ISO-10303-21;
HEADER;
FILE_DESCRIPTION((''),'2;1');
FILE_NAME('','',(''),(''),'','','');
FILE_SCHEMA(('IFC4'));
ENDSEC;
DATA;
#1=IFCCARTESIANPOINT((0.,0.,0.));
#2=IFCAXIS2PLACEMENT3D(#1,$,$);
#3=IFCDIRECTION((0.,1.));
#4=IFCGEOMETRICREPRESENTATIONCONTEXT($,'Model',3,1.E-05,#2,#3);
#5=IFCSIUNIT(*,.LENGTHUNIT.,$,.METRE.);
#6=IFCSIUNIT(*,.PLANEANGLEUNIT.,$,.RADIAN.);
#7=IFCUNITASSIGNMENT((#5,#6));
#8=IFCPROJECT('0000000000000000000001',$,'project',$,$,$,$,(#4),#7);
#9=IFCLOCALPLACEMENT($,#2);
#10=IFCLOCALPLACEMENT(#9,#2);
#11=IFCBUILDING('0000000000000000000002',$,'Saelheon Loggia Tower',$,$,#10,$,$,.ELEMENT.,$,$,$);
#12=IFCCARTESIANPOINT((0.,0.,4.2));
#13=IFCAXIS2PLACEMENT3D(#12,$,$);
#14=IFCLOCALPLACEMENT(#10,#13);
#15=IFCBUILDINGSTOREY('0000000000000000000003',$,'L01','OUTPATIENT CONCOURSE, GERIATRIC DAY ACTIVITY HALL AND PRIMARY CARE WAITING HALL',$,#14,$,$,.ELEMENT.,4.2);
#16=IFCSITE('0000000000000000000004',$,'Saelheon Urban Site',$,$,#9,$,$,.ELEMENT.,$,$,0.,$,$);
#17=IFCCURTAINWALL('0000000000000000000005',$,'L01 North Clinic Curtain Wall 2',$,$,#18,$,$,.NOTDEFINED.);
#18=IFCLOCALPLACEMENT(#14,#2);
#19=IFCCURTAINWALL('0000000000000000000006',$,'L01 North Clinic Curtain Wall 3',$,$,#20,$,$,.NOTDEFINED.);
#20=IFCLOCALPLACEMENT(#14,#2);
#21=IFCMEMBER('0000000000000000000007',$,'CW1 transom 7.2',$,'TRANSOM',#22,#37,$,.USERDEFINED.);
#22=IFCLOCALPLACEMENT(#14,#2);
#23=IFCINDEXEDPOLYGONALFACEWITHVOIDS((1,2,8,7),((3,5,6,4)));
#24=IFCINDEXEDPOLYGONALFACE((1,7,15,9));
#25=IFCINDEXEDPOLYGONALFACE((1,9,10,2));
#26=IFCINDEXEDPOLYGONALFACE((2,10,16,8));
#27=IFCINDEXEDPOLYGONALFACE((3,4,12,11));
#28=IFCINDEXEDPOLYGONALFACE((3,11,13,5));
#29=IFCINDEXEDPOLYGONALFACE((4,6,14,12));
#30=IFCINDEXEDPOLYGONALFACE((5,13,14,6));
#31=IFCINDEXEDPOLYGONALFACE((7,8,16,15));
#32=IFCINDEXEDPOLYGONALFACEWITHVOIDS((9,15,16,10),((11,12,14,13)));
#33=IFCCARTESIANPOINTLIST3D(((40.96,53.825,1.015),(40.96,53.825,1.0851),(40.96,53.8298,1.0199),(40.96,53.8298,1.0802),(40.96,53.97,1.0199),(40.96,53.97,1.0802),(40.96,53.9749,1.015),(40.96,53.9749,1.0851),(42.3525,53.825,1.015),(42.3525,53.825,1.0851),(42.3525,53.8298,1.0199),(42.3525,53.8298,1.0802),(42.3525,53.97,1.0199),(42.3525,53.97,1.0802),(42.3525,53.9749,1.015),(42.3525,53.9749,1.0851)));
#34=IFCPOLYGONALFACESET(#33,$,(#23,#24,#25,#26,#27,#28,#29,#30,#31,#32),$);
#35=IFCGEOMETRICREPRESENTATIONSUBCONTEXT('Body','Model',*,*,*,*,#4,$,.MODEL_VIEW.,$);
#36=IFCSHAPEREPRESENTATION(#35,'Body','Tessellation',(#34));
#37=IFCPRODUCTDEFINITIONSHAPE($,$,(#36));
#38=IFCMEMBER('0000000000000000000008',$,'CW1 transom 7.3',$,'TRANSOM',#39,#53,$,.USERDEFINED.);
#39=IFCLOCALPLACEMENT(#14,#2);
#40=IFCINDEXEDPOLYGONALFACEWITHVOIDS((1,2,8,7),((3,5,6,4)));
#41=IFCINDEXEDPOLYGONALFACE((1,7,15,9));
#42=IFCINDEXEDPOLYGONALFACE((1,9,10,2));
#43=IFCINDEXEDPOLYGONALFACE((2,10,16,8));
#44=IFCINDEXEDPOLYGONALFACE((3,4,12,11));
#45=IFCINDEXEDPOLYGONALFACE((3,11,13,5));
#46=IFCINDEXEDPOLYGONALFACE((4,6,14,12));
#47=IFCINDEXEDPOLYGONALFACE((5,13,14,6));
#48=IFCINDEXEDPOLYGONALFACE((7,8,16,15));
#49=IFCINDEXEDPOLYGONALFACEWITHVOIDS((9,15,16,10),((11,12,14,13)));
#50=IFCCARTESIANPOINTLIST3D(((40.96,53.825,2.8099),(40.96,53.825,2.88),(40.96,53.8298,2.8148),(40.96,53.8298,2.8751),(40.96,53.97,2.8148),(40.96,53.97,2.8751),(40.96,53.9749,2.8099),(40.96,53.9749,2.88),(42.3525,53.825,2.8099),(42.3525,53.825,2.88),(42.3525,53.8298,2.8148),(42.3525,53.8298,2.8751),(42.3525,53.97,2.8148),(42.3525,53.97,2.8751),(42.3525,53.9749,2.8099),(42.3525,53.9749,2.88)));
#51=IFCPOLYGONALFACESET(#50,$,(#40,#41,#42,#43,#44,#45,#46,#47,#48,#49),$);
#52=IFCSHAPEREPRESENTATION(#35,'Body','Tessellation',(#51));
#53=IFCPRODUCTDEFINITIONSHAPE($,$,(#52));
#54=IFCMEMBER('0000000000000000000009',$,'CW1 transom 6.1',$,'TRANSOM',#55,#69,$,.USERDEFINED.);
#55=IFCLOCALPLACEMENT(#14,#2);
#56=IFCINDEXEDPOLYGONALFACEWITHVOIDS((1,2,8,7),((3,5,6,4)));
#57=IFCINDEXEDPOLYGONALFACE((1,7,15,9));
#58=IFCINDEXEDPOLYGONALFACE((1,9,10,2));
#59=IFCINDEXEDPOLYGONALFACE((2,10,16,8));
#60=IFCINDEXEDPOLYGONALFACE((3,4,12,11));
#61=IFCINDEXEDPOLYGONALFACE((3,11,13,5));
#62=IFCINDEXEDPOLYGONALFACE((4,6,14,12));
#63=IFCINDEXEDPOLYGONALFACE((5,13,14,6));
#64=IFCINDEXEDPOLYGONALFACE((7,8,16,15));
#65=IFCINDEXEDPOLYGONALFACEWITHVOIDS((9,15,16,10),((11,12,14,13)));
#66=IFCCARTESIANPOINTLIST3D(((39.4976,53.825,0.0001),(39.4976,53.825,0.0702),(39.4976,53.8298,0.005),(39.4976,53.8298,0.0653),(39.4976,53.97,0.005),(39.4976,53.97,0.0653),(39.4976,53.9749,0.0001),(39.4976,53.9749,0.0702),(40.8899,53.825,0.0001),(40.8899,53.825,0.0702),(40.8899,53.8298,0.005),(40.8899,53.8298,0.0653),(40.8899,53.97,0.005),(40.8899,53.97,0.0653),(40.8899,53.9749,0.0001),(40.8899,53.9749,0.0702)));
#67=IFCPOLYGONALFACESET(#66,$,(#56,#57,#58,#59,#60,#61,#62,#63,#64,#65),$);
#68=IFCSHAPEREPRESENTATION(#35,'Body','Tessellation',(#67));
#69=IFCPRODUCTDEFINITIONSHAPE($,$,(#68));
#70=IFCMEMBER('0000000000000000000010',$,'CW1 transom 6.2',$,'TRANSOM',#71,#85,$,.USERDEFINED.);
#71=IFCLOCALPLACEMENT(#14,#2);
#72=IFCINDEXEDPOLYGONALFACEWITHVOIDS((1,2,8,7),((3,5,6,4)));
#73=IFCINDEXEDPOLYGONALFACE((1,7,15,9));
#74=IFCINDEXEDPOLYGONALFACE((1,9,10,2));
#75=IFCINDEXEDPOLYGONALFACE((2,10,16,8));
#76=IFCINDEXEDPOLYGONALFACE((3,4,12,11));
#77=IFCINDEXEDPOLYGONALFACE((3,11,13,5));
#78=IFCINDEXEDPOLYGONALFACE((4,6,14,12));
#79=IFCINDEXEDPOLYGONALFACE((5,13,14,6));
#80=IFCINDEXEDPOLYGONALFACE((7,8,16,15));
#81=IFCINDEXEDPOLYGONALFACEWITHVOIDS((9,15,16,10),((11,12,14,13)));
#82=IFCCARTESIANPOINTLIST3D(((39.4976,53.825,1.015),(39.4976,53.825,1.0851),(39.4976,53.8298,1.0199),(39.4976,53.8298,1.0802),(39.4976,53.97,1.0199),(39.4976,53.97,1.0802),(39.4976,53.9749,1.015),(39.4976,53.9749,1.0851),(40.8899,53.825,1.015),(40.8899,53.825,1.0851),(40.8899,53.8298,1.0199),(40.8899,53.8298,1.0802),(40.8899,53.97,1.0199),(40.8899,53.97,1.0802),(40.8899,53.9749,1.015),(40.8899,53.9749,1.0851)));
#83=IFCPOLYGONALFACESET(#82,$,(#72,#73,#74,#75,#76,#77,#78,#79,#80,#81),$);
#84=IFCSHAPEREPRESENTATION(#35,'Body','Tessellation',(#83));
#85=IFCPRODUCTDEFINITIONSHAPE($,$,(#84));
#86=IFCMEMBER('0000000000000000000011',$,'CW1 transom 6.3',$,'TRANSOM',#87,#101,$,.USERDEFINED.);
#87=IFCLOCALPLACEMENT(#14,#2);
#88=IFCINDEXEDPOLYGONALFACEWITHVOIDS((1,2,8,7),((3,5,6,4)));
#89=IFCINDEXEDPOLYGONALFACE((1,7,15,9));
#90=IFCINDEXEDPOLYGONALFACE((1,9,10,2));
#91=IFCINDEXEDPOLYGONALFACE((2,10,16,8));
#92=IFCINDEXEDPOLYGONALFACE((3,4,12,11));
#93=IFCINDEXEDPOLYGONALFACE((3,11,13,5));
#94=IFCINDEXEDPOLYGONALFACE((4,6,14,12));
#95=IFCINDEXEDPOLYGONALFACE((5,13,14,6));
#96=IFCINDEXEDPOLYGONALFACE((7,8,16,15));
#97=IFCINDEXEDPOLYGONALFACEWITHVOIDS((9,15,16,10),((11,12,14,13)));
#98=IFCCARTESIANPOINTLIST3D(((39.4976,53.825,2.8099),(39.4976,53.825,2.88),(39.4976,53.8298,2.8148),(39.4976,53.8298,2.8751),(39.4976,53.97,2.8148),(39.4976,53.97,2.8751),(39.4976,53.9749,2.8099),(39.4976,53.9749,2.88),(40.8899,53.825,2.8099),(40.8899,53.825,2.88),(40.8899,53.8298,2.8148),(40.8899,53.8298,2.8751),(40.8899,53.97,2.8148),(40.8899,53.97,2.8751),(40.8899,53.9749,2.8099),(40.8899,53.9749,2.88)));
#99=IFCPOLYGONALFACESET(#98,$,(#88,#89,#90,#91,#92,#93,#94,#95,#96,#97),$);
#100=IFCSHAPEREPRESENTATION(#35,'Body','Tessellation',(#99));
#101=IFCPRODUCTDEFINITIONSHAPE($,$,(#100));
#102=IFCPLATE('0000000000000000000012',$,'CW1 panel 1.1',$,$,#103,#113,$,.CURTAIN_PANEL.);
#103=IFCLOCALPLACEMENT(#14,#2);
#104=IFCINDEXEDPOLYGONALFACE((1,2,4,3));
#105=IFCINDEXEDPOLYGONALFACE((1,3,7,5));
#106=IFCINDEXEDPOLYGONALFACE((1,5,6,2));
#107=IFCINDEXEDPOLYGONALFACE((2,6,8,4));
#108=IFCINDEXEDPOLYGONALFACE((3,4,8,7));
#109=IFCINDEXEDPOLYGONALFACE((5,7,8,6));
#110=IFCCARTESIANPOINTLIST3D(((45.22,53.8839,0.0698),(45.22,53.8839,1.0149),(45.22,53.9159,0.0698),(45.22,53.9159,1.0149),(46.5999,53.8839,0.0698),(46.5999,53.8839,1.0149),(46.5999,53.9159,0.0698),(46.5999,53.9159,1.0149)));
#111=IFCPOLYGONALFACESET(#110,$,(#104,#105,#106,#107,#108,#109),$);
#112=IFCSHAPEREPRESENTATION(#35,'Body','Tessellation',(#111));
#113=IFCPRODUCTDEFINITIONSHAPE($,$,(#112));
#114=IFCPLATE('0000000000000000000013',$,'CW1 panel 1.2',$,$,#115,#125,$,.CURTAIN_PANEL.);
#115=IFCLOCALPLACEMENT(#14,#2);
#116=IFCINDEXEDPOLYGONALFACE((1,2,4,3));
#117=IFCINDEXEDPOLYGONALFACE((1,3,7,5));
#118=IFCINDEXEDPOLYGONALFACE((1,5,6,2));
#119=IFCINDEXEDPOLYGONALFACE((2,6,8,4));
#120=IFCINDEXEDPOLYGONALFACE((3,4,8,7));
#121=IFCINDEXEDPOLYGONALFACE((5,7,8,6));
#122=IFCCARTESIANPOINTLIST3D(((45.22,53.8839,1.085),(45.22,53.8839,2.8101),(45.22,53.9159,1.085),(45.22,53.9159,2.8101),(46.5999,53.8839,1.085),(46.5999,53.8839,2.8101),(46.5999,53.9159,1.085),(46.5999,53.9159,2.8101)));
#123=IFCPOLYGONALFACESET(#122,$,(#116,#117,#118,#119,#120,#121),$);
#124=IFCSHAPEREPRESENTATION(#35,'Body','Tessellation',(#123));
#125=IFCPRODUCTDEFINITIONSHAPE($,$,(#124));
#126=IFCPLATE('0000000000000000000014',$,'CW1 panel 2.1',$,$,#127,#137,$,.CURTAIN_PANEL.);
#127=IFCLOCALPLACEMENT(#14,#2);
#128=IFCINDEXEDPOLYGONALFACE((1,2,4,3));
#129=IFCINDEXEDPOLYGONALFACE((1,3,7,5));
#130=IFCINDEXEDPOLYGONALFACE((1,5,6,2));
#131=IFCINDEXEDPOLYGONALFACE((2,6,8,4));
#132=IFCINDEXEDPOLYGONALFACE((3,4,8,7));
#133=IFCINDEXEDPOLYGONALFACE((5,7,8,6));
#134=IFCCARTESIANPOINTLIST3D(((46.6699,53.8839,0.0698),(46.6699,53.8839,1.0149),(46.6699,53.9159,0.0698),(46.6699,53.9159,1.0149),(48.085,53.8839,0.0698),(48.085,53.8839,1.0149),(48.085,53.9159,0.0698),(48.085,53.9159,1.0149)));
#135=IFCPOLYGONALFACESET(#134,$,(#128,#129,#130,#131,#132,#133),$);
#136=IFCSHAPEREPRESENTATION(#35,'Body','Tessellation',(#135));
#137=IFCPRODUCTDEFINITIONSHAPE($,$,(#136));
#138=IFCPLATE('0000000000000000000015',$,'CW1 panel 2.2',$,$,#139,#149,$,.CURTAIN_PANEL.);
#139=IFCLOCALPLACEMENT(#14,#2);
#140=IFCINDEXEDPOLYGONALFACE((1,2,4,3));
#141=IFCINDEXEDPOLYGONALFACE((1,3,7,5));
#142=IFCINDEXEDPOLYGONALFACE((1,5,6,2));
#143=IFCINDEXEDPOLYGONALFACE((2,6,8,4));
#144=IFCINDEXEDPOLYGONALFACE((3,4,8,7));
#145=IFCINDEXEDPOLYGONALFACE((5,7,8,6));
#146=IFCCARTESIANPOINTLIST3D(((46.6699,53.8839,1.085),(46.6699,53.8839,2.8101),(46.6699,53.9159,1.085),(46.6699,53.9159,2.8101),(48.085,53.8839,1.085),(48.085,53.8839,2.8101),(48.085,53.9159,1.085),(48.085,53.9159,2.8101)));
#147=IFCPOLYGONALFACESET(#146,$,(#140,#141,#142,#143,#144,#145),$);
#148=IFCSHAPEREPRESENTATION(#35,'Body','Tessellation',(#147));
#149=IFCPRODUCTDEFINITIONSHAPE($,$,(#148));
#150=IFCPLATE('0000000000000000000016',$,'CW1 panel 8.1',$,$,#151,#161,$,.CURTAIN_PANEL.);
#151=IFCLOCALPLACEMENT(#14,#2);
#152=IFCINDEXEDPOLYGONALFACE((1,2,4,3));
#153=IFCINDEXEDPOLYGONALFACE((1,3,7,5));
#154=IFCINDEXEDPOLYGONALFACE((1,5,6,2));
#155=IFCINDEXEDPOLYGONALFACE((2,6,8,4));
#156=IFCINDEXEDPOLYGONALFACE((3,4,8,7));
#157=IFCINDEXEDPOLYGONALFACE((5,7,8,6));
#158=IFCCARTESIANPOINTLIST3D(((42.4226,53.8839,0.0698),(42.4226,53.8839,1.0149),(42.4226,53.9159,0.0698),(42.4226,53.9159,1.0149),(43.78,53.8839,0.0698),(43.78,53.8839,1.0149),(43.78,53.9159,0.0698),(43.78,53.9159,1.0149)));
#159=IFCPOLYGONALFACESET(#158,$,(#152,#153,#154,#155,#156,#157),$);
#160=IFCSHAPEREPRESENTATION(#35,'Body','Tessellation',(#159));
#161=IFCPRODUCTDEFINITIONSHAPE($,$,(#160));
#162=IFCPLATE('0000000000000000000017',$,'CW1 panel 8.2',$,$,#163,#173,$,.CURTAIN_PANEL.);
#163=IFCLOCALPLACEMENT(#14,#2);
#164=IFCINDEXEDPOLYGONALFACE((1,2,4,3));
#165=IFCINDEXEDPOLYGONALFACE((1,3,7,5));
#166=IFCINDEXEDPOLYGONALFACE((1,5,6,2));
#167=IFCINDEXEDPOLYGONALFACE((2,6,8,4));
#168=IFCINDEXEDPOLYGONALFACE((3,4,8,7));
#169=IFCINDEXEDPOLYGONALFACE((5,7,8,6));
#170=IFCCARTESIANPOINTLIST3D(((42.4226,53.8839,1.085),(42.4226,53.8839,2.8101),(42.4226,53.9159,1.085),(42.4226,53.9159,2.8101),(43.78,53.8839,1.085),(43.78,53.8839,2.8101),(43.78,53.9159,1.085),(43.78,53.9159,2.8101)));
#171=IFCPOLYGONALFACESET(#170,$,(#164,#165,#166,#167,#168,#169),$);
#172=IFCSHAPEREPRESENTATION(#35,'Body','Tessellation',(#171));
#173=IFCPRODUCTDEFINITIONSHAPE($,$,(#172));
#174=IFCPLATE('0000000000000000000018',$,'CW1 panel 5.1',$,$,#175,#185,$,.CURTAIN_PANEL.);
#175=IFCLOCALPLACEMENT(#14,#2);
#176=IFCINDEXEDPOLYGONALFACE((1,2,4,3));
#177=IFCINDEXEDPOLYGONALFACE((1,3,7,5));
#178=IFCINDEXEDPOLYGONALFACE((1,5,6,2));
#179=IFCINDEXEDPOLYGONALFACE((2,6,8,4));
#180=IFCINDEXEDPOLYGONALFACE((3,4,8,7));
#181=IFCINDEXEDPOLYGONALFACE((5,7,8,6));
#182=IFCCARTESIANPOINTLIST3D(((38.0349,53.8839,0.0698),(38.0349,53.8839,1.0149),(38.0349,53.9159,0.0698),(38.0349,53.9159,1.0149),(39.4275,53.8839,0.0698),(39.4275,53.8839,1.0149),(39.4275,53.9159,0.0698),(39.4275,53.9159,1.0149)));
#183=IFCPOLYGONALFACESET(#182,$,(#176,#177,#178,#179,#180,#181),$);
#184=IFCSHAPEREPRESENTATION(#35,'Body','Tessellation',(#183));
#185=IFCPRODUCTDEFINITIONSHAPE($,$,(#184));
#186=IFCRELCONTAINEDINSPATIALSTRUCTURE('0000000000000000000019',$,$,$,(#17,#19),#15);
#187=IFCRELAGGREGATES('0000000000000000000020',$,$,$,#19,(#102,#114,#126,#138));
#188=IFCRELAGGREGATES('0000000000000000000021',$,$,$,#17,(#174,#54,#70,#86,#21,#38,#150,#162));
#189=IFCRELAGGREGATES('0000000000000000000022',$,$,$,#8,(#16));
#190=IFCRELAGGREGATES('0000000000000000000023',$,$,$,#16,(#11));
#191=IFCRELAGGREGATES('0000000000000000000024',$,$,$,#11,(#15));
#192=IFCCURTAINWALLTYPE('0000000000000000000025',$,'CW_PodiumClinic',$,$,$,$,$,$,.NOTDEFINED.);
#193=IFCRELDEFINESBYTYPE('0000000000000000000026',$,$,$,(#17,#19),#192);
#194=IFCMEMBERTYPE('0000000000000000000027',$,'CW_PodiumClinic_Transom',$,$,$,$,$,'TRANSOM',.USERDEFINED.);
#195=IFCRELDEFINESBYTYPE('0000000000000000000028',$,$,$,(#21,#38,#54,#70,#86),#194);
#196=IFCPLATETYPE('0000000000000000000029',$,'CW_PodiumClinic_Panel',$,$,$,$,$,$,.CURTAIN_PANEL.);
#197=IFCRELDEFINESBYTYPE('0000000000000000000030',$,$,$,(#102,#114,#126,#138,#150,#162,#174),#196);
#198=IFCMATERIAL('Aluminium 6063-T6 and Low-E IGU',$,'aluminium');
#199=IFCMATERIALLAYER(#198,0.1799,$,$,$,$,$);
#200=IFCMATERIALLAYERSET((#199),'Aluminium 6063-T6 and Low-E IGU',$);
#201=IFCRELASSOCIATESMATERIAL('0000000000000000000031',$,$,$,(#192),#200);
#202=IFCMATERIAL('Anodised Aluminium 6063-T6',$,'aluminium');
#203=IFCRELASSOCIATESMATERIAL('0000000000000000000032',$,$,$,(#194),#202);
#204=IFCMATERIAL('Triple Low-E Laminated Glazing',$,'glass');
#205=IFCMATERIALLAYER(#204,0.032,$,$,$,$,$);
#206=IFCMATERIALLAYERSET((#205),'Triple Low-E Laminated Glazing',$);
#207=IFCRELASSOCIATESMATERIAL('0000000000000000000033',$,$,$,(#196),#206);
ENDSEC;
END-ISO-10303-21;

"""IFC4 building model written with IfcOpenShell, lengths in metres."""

from ifc_helpers import new_model, si_unit, direction, frame, origin, origin_2d, place, context, subcontext, project, spatial, rectangle, hollow_rectangle, extrude, source, transform, mapped, material, layer, layer_set, material_profile, profile_set, type_object, element, aggregate, save


model = new_model("IFC4")

# Units and contexts
model_context = context("Model", 3, precision=1e-05, world=origin(), true_north=direction((0.0, 1.0)))
body_context = subcontext(model_context, "Body", "Model", "MODEL_VIEW")
ifc_project = project(units=[si_unit("LENGTHUNIT", "METRE"), si_unit("PLANEANGLEUNIT", "RADIAN")], contexts=[model_context])

# Site, building, storey
site_placement = place(None, origin())
site = spatial("IfcSite", under=ifc_project, at=site_placement, Name="Saelheon Urban Site", CompositionType="ELEMENT", RefElevation=0.0)
building_placement = place(site_placement, origin())
building = spatial("IfcBuilding", under=site, at=building_placement, Name="Saelheon Loggia Tower", CompositionType="ELEMENT")
storey_placement = place(building_placement, frame((0.0, 0.0, 4.2)))
storey = spatial("IfcBuildingStorey", under=building, at=storey_placement, Name="L01", Description="OUTPATIENT CONCOURSE, GERIATRIC DAY ACTIVITY HALL AND PRIMARY CARE WAITING HALL", CompositionType="ELEMENT", Elevation=4.2)

# Curtain walls
ifc_material_1 = material(Name="Aluminium 6063-T6 and Low-E IGU", Category="aluminium")
ifc_layer_1 = layer(ifc_material_1, 0.1799)
ifc_layer_set_1 = layer_set([ifc_layer_1], Name="Aluminium 6063-T6 and Low-E IGU")
curtain_wall_type = type_object("IfcCurtainWallType", Name="CW_PodiumClinic", PredefinedType="NOTDEFINED", material=ifc_layer_set_1)
curtain_wall_1_placement = place(storey_placement, origin())
curtain_wall_1 = element("IfcCurtainWall", 1, at=curtain_wall_1_placement, inside=storey, type_object=curtain_wall_type, Name="L01 North Clinic Curtain Wall 2", PredefinedType="NOTDEFINED")
ifc_material_2 = material(Name="Anodised Aluminium 6063-T6", Category="aluminium")
curtain_wall_2_placement = place(storey_placement, origin())
curtain_wall_2 = element("IfcCurtainWall", 2, at=curtain_wall_2_placement, inside=storey, type_object=curtain_wall_type, Name="L01 North Clinic Curtain Wall 3", PredefinedType="NOTDEFINED")
ifc_material_profile_1 = material_profile(ifc_material_2, hollow_rectangle(XDim=0.0701, YDim=0.1499, WallThickness=0.0049, at=origin_2d()), Name="RHS-150x70x5")
ifc_profile_set_1 = profile_set([ifc_material_profile_1], Name="Anodised Aluminium 6063-T6")
member_type_1 = type_object("IfcMemberType", Name="CW_PodiumClinic_Transom", ElementType="TRANSOM", PredefinedType="USERDEFINED", material=ifc_profile_set_1)

# Members
shared_shape_1 = source(origin(), body_context, "Body", "SweptSolid", [
    extrude(hollow_rectangle(XDim=0.0701, YDim=0.1499, WallThickness=0.0049, at=origin_2d()), origin(), (0.0, 0.0, 1.0), 1.3926),
])
member_1_placement = place(storey_placement, frame((40.96, 53.8999, 1.05), z_axis=(1.0, 0.0, 0.0), x_axis=(0.0, 0.0, 1.0)))
member_1 = element("IfcMember", 3, at=member_1_placement, type_object=member_type_1, Name="CW1 transom 7.2", ObjectType="TRANSOM", PredefinedType="USERDEFINED", context=body_context, shape_type="MappedRepresentation", body=[
    mapped(shared_shape_1, transform((0.0, 0.0, 0.0), scale=1.0)),
])
member_2_placement = place(storey_placement, frame((40.96, 53.8999, 2.845), z_axis=(1.0, 0.0, 0.0), x_axis=(0.0, 0.0, 1.0)))
member_2 = element("IfcMember", 4, at=member_2_placement, type_object=member_type_1, Name="CW1 transom 7.3", ObjectType="TRANSOM", PredefinedType="USERDEFINED", context=body_context, shape_type="MappedRepresentation", body=[
    mapped(shared_shape_1, transform((0.0, 0.0, 0.0), scale=1.0)),
])
shared_shape_2 = source(origin(), body_context, "Body", "SweptSolid", [
    extrude(hollow_rectangle(XDim=0.0701, YDim=0.1499, WallThickness=0.0049, at=origin_2d()), origin(), (0.0, 0.0, 1.0), 1.3923),
])
member_3_placement = place(storey_placement, frame((39.4976, 53.8999, 0.0352), z_axis=(1.0, 0.0, 0.0), x_axis=(0.0, 0.0, 1.0)))
member_3 = element("IfcMember", 5, at=member_3_placement, type_object=member_type_1, Name="CW1 transom 6.1", ObjectType="TRANSOM", PredefinedType="USERDEFINED", context=body_context, shape_type="MappedRepresentation", body=[
    mapped(shared_shape_2, transform((0.0, 0.0, 0.0), scale=1.0)),
])
member_4_placement = place(storey_placement, frame((39.4976, 53.8999, 1.05), z_axis=(1.0, 0.0, 0.0), x_axis=(0.0, 0.0, 1.0)))
member_4 = element("IfcMember", 6, at=member_4_placement, type_object=member_type_1, Name="CW1 transom 6.2", ObjectType="TRANSOM", PredefinedType="USERDEFINED", context=body_context, shape_type="MappedRepresentation", body=[
    mapped(shared_shape_2, transform((0.0, 0.0, 0.0), scale=1.0)),
])
member_5_placement = place(storey_placement, frame((39.4976, 53.8999, 2.845), z_axis=(1.0, 0.0, 0.0), x_axis=(0.0, 0.0, 1.0)))
member_5 = element("IfcMember", 7, at=member_5_placement, type_object=member_type_1, Name="CW1 transom 6.3", ObjectType="TRANSOM", PredefinedType="USERDEFINED", context=body_context, shape_type="MappedRepresentation", body=[
    mapped(shared_shape_2, transform((0.0, 0.0, 0.0), scale=1.0)),
])

# Plates
ifc_material_3 = material(Name="Triple Low-E Laminated Glazing", Category="glass")
ifc_layer_2 = layer(ifc_material_3, 0.032)
ifc_layer_set_2 = layer_set([ifc_layer_2], Name="Triple Low-E Laminated Glazing")
plate_type = type_object("IfcPlateType", Name="CW_PodiumClinic_Panel", PredefinedType="CURTAIN_PANEL", material=ifc_layer_set_2)
shared_shape_3 = source(origin(), body_context, "Body", "SweptSolid", [
    extrude(rectangle(XDim=1.3799, YDim=0.032, at=origin_2d()), origin(), (0.0, 0.0, 1.0), 0.9451),
])
plate_1_placement = place(storey_placement, frame((45.9099, 53.8999, 0.0698), z_axis=(0.0, 0.0, 1.0), x_axis=(1.0, 0.0, 0.0)))
plate_1 = element("IfcPlate", 8, at=plate_1_placement, type_object=plate_type, Name="CW1 panel 1.1", PredefinedType="CURTAIN_PANEL", context=body_context, shape_type="MappedRepresentation", body=[
    mapped(shared_shape_3, transform((0.0, 0.0, 0.0), scale=1.0)),
])
shared_shape_4 = source(origin(), body_context, "Body", "SweptSolid", [
    extrude(rectangle(XDim=1.3799, YDim=0.032, at=origin_2d()), origin(), (0.0, 0.0, 1.0), 1.7251),
])
plate_2_placement = place(storey_placement, frame((45.9099, 53.8999, 1.085), z_axis=(0.0, 0.0, 1.0), x_axis=(1.0, 0.0, 0.0)))
plate_2 = element("IfcPlate", 9, at=plate_2_placement, type_object=plate_type, Name="CW1 panel 1.2", PredefinedType="CURTAIN_PANEL", context=body_context, shape_type="MappedRepresentation", body=[
    mapped(shared_shape_4, transform((0.0, 0.0, 0.0), scale=1.0)),
])
shared_shape_5 = source(origin(), body_context, "Body", "SweptSolid", [
    extrude(rectangle(XDim=1.415, YDim=0.032, at=origin_2d()), origin(), (0.0, 0.0, 1.0), 0.9451),
])
plate_3_placement = place(storey_placement, frame((47.3774, 53.8999, 0.0698), z_axis=(0.0, 0.0, 1.0), x_axis=(1.0, 0.0, 0.0)))
plate_3 = element("IfcPlate", 10, at=plate_3_placement, type_object=plate_type, Name="CW1 panel 2.1", PredefinedType="CURTAIN_PANEL", context=body_context, shape_type="MappedRepresentation", body=[
    mapped(shared_shape_5, transform((0.0, 0.0, 0.0), scale=1.0)),
])
shared_shape_6 = source(origin(), body_context, "Body", "SweptSolid", [
    extrude(rectangle(XDim=1.415, YDim=0.032, at=origin_2d()), origin(), (0.0, 0.0, 1.0), 1.7251),
])
plate_4_placement = place(storey_placement, frame((47.3774, 53.8999, 1.085), z_axis=(0.0, 0.0, 1.0), x_axis=(1.0, 0.0, 0.0)))
plate_4 = element("IfcPlate", 11, at=plate_4_placement, type_object=plate_type, Name="CW1 panel 2.2", PredefinedType="CURTAIN_PANEL", context=body_context, shape_type="MappedRepresentation", body=[
    mapped(shared_shape_6, transform((0.0, 0.0, 0.0), scale=1.0)),
])
aggregate(curtain_wall_2, [plate_1, plate_2, plate_3, plate_4])
shared_shape_7 = source(origin(), body_context, "Body", "SweptSolid", [
    extrude(rectangle(XDim=1.3574, YDim=0.032, at=origin_2d()), origin(), (0.0, 0.0, 1.0), 0.9451),
])
plate_5_placement = place(storey_placement, frame((43.1013, 53.8999, 0.0698), z_axis=(0.0, 0.0, 1.0), x_axis=(1.0, 0.0, 0.0)))
plate_5 = element("IfcPlate", 12, at=plate_5_placement, type_object=plate_type, Name="CW1 panel 8.1", PredefinedType="CURTAIN_PANEL", context=body_context, shape_type="MappedRepresentation", body=[
    mapped(shared_shape_7, transform((0.0, 0.0, 0.0), scale=1.0)),
])
shared_shape_8 = source(origin(), body_context, "Body", "SweptSolid", [
    extrude(rectangle(XDim=1.3574, YDim=0.032, at=origin_2d()), origin(), (0.0, 0.0, 1.0), 1.7251),
])
plate_6_placement = place(storey_placement, frame((43.1013, 53.8999, 1.085), z_axis=(0.0, 0.0, 1.0), x_axis=(1.0, 0.0, 0.0)))
plate_6 = element("IfcPlate", 13, at=plate_6_placement, type_object=plate_type, Name="CW1 panel 8.2", PredefinedType="CURTAIN_PANEL", context=body_context, shape_type="MappedRepresentation", body=[
    mapped(shared_shape_8, transform((0.0, 0.0, 0.0), scale=1.0)),
])
shared_shape_9 = source(origin(), body_context, "Body", "SweptSolid", [
    extrude(rectangle(XDim=1.3926, YDim=0.032, at=origin_2d()), origin(), (0.0, 0.0, 1.0), 0.9451),
])
plate_7_placement = place(storey_placement, frame((38.7312, 53.8999, 0.0698), z_axis=(0.0, 0.0, 1.0), x_axis=(1.0, 0.0, 0.0)))
plate_7 = element("IfcPlate", 14, at=plate_7_placement, type_object=plate_type, Name="CW1 panel 5.1", PredefinedType="CURTAIN_PANEL", context=body_context, shape_type="MappedRepresentation", body=[
    mapped(shared_shape_9, transform((0.0, 0.0, 0.0), scale=1.0)),
])
aggregate(curtain_wall_1, [plate_7, member_3, member_4, member_5, member_1, member_2, plate_5, plate_6])

save(model, "model.ifc")
